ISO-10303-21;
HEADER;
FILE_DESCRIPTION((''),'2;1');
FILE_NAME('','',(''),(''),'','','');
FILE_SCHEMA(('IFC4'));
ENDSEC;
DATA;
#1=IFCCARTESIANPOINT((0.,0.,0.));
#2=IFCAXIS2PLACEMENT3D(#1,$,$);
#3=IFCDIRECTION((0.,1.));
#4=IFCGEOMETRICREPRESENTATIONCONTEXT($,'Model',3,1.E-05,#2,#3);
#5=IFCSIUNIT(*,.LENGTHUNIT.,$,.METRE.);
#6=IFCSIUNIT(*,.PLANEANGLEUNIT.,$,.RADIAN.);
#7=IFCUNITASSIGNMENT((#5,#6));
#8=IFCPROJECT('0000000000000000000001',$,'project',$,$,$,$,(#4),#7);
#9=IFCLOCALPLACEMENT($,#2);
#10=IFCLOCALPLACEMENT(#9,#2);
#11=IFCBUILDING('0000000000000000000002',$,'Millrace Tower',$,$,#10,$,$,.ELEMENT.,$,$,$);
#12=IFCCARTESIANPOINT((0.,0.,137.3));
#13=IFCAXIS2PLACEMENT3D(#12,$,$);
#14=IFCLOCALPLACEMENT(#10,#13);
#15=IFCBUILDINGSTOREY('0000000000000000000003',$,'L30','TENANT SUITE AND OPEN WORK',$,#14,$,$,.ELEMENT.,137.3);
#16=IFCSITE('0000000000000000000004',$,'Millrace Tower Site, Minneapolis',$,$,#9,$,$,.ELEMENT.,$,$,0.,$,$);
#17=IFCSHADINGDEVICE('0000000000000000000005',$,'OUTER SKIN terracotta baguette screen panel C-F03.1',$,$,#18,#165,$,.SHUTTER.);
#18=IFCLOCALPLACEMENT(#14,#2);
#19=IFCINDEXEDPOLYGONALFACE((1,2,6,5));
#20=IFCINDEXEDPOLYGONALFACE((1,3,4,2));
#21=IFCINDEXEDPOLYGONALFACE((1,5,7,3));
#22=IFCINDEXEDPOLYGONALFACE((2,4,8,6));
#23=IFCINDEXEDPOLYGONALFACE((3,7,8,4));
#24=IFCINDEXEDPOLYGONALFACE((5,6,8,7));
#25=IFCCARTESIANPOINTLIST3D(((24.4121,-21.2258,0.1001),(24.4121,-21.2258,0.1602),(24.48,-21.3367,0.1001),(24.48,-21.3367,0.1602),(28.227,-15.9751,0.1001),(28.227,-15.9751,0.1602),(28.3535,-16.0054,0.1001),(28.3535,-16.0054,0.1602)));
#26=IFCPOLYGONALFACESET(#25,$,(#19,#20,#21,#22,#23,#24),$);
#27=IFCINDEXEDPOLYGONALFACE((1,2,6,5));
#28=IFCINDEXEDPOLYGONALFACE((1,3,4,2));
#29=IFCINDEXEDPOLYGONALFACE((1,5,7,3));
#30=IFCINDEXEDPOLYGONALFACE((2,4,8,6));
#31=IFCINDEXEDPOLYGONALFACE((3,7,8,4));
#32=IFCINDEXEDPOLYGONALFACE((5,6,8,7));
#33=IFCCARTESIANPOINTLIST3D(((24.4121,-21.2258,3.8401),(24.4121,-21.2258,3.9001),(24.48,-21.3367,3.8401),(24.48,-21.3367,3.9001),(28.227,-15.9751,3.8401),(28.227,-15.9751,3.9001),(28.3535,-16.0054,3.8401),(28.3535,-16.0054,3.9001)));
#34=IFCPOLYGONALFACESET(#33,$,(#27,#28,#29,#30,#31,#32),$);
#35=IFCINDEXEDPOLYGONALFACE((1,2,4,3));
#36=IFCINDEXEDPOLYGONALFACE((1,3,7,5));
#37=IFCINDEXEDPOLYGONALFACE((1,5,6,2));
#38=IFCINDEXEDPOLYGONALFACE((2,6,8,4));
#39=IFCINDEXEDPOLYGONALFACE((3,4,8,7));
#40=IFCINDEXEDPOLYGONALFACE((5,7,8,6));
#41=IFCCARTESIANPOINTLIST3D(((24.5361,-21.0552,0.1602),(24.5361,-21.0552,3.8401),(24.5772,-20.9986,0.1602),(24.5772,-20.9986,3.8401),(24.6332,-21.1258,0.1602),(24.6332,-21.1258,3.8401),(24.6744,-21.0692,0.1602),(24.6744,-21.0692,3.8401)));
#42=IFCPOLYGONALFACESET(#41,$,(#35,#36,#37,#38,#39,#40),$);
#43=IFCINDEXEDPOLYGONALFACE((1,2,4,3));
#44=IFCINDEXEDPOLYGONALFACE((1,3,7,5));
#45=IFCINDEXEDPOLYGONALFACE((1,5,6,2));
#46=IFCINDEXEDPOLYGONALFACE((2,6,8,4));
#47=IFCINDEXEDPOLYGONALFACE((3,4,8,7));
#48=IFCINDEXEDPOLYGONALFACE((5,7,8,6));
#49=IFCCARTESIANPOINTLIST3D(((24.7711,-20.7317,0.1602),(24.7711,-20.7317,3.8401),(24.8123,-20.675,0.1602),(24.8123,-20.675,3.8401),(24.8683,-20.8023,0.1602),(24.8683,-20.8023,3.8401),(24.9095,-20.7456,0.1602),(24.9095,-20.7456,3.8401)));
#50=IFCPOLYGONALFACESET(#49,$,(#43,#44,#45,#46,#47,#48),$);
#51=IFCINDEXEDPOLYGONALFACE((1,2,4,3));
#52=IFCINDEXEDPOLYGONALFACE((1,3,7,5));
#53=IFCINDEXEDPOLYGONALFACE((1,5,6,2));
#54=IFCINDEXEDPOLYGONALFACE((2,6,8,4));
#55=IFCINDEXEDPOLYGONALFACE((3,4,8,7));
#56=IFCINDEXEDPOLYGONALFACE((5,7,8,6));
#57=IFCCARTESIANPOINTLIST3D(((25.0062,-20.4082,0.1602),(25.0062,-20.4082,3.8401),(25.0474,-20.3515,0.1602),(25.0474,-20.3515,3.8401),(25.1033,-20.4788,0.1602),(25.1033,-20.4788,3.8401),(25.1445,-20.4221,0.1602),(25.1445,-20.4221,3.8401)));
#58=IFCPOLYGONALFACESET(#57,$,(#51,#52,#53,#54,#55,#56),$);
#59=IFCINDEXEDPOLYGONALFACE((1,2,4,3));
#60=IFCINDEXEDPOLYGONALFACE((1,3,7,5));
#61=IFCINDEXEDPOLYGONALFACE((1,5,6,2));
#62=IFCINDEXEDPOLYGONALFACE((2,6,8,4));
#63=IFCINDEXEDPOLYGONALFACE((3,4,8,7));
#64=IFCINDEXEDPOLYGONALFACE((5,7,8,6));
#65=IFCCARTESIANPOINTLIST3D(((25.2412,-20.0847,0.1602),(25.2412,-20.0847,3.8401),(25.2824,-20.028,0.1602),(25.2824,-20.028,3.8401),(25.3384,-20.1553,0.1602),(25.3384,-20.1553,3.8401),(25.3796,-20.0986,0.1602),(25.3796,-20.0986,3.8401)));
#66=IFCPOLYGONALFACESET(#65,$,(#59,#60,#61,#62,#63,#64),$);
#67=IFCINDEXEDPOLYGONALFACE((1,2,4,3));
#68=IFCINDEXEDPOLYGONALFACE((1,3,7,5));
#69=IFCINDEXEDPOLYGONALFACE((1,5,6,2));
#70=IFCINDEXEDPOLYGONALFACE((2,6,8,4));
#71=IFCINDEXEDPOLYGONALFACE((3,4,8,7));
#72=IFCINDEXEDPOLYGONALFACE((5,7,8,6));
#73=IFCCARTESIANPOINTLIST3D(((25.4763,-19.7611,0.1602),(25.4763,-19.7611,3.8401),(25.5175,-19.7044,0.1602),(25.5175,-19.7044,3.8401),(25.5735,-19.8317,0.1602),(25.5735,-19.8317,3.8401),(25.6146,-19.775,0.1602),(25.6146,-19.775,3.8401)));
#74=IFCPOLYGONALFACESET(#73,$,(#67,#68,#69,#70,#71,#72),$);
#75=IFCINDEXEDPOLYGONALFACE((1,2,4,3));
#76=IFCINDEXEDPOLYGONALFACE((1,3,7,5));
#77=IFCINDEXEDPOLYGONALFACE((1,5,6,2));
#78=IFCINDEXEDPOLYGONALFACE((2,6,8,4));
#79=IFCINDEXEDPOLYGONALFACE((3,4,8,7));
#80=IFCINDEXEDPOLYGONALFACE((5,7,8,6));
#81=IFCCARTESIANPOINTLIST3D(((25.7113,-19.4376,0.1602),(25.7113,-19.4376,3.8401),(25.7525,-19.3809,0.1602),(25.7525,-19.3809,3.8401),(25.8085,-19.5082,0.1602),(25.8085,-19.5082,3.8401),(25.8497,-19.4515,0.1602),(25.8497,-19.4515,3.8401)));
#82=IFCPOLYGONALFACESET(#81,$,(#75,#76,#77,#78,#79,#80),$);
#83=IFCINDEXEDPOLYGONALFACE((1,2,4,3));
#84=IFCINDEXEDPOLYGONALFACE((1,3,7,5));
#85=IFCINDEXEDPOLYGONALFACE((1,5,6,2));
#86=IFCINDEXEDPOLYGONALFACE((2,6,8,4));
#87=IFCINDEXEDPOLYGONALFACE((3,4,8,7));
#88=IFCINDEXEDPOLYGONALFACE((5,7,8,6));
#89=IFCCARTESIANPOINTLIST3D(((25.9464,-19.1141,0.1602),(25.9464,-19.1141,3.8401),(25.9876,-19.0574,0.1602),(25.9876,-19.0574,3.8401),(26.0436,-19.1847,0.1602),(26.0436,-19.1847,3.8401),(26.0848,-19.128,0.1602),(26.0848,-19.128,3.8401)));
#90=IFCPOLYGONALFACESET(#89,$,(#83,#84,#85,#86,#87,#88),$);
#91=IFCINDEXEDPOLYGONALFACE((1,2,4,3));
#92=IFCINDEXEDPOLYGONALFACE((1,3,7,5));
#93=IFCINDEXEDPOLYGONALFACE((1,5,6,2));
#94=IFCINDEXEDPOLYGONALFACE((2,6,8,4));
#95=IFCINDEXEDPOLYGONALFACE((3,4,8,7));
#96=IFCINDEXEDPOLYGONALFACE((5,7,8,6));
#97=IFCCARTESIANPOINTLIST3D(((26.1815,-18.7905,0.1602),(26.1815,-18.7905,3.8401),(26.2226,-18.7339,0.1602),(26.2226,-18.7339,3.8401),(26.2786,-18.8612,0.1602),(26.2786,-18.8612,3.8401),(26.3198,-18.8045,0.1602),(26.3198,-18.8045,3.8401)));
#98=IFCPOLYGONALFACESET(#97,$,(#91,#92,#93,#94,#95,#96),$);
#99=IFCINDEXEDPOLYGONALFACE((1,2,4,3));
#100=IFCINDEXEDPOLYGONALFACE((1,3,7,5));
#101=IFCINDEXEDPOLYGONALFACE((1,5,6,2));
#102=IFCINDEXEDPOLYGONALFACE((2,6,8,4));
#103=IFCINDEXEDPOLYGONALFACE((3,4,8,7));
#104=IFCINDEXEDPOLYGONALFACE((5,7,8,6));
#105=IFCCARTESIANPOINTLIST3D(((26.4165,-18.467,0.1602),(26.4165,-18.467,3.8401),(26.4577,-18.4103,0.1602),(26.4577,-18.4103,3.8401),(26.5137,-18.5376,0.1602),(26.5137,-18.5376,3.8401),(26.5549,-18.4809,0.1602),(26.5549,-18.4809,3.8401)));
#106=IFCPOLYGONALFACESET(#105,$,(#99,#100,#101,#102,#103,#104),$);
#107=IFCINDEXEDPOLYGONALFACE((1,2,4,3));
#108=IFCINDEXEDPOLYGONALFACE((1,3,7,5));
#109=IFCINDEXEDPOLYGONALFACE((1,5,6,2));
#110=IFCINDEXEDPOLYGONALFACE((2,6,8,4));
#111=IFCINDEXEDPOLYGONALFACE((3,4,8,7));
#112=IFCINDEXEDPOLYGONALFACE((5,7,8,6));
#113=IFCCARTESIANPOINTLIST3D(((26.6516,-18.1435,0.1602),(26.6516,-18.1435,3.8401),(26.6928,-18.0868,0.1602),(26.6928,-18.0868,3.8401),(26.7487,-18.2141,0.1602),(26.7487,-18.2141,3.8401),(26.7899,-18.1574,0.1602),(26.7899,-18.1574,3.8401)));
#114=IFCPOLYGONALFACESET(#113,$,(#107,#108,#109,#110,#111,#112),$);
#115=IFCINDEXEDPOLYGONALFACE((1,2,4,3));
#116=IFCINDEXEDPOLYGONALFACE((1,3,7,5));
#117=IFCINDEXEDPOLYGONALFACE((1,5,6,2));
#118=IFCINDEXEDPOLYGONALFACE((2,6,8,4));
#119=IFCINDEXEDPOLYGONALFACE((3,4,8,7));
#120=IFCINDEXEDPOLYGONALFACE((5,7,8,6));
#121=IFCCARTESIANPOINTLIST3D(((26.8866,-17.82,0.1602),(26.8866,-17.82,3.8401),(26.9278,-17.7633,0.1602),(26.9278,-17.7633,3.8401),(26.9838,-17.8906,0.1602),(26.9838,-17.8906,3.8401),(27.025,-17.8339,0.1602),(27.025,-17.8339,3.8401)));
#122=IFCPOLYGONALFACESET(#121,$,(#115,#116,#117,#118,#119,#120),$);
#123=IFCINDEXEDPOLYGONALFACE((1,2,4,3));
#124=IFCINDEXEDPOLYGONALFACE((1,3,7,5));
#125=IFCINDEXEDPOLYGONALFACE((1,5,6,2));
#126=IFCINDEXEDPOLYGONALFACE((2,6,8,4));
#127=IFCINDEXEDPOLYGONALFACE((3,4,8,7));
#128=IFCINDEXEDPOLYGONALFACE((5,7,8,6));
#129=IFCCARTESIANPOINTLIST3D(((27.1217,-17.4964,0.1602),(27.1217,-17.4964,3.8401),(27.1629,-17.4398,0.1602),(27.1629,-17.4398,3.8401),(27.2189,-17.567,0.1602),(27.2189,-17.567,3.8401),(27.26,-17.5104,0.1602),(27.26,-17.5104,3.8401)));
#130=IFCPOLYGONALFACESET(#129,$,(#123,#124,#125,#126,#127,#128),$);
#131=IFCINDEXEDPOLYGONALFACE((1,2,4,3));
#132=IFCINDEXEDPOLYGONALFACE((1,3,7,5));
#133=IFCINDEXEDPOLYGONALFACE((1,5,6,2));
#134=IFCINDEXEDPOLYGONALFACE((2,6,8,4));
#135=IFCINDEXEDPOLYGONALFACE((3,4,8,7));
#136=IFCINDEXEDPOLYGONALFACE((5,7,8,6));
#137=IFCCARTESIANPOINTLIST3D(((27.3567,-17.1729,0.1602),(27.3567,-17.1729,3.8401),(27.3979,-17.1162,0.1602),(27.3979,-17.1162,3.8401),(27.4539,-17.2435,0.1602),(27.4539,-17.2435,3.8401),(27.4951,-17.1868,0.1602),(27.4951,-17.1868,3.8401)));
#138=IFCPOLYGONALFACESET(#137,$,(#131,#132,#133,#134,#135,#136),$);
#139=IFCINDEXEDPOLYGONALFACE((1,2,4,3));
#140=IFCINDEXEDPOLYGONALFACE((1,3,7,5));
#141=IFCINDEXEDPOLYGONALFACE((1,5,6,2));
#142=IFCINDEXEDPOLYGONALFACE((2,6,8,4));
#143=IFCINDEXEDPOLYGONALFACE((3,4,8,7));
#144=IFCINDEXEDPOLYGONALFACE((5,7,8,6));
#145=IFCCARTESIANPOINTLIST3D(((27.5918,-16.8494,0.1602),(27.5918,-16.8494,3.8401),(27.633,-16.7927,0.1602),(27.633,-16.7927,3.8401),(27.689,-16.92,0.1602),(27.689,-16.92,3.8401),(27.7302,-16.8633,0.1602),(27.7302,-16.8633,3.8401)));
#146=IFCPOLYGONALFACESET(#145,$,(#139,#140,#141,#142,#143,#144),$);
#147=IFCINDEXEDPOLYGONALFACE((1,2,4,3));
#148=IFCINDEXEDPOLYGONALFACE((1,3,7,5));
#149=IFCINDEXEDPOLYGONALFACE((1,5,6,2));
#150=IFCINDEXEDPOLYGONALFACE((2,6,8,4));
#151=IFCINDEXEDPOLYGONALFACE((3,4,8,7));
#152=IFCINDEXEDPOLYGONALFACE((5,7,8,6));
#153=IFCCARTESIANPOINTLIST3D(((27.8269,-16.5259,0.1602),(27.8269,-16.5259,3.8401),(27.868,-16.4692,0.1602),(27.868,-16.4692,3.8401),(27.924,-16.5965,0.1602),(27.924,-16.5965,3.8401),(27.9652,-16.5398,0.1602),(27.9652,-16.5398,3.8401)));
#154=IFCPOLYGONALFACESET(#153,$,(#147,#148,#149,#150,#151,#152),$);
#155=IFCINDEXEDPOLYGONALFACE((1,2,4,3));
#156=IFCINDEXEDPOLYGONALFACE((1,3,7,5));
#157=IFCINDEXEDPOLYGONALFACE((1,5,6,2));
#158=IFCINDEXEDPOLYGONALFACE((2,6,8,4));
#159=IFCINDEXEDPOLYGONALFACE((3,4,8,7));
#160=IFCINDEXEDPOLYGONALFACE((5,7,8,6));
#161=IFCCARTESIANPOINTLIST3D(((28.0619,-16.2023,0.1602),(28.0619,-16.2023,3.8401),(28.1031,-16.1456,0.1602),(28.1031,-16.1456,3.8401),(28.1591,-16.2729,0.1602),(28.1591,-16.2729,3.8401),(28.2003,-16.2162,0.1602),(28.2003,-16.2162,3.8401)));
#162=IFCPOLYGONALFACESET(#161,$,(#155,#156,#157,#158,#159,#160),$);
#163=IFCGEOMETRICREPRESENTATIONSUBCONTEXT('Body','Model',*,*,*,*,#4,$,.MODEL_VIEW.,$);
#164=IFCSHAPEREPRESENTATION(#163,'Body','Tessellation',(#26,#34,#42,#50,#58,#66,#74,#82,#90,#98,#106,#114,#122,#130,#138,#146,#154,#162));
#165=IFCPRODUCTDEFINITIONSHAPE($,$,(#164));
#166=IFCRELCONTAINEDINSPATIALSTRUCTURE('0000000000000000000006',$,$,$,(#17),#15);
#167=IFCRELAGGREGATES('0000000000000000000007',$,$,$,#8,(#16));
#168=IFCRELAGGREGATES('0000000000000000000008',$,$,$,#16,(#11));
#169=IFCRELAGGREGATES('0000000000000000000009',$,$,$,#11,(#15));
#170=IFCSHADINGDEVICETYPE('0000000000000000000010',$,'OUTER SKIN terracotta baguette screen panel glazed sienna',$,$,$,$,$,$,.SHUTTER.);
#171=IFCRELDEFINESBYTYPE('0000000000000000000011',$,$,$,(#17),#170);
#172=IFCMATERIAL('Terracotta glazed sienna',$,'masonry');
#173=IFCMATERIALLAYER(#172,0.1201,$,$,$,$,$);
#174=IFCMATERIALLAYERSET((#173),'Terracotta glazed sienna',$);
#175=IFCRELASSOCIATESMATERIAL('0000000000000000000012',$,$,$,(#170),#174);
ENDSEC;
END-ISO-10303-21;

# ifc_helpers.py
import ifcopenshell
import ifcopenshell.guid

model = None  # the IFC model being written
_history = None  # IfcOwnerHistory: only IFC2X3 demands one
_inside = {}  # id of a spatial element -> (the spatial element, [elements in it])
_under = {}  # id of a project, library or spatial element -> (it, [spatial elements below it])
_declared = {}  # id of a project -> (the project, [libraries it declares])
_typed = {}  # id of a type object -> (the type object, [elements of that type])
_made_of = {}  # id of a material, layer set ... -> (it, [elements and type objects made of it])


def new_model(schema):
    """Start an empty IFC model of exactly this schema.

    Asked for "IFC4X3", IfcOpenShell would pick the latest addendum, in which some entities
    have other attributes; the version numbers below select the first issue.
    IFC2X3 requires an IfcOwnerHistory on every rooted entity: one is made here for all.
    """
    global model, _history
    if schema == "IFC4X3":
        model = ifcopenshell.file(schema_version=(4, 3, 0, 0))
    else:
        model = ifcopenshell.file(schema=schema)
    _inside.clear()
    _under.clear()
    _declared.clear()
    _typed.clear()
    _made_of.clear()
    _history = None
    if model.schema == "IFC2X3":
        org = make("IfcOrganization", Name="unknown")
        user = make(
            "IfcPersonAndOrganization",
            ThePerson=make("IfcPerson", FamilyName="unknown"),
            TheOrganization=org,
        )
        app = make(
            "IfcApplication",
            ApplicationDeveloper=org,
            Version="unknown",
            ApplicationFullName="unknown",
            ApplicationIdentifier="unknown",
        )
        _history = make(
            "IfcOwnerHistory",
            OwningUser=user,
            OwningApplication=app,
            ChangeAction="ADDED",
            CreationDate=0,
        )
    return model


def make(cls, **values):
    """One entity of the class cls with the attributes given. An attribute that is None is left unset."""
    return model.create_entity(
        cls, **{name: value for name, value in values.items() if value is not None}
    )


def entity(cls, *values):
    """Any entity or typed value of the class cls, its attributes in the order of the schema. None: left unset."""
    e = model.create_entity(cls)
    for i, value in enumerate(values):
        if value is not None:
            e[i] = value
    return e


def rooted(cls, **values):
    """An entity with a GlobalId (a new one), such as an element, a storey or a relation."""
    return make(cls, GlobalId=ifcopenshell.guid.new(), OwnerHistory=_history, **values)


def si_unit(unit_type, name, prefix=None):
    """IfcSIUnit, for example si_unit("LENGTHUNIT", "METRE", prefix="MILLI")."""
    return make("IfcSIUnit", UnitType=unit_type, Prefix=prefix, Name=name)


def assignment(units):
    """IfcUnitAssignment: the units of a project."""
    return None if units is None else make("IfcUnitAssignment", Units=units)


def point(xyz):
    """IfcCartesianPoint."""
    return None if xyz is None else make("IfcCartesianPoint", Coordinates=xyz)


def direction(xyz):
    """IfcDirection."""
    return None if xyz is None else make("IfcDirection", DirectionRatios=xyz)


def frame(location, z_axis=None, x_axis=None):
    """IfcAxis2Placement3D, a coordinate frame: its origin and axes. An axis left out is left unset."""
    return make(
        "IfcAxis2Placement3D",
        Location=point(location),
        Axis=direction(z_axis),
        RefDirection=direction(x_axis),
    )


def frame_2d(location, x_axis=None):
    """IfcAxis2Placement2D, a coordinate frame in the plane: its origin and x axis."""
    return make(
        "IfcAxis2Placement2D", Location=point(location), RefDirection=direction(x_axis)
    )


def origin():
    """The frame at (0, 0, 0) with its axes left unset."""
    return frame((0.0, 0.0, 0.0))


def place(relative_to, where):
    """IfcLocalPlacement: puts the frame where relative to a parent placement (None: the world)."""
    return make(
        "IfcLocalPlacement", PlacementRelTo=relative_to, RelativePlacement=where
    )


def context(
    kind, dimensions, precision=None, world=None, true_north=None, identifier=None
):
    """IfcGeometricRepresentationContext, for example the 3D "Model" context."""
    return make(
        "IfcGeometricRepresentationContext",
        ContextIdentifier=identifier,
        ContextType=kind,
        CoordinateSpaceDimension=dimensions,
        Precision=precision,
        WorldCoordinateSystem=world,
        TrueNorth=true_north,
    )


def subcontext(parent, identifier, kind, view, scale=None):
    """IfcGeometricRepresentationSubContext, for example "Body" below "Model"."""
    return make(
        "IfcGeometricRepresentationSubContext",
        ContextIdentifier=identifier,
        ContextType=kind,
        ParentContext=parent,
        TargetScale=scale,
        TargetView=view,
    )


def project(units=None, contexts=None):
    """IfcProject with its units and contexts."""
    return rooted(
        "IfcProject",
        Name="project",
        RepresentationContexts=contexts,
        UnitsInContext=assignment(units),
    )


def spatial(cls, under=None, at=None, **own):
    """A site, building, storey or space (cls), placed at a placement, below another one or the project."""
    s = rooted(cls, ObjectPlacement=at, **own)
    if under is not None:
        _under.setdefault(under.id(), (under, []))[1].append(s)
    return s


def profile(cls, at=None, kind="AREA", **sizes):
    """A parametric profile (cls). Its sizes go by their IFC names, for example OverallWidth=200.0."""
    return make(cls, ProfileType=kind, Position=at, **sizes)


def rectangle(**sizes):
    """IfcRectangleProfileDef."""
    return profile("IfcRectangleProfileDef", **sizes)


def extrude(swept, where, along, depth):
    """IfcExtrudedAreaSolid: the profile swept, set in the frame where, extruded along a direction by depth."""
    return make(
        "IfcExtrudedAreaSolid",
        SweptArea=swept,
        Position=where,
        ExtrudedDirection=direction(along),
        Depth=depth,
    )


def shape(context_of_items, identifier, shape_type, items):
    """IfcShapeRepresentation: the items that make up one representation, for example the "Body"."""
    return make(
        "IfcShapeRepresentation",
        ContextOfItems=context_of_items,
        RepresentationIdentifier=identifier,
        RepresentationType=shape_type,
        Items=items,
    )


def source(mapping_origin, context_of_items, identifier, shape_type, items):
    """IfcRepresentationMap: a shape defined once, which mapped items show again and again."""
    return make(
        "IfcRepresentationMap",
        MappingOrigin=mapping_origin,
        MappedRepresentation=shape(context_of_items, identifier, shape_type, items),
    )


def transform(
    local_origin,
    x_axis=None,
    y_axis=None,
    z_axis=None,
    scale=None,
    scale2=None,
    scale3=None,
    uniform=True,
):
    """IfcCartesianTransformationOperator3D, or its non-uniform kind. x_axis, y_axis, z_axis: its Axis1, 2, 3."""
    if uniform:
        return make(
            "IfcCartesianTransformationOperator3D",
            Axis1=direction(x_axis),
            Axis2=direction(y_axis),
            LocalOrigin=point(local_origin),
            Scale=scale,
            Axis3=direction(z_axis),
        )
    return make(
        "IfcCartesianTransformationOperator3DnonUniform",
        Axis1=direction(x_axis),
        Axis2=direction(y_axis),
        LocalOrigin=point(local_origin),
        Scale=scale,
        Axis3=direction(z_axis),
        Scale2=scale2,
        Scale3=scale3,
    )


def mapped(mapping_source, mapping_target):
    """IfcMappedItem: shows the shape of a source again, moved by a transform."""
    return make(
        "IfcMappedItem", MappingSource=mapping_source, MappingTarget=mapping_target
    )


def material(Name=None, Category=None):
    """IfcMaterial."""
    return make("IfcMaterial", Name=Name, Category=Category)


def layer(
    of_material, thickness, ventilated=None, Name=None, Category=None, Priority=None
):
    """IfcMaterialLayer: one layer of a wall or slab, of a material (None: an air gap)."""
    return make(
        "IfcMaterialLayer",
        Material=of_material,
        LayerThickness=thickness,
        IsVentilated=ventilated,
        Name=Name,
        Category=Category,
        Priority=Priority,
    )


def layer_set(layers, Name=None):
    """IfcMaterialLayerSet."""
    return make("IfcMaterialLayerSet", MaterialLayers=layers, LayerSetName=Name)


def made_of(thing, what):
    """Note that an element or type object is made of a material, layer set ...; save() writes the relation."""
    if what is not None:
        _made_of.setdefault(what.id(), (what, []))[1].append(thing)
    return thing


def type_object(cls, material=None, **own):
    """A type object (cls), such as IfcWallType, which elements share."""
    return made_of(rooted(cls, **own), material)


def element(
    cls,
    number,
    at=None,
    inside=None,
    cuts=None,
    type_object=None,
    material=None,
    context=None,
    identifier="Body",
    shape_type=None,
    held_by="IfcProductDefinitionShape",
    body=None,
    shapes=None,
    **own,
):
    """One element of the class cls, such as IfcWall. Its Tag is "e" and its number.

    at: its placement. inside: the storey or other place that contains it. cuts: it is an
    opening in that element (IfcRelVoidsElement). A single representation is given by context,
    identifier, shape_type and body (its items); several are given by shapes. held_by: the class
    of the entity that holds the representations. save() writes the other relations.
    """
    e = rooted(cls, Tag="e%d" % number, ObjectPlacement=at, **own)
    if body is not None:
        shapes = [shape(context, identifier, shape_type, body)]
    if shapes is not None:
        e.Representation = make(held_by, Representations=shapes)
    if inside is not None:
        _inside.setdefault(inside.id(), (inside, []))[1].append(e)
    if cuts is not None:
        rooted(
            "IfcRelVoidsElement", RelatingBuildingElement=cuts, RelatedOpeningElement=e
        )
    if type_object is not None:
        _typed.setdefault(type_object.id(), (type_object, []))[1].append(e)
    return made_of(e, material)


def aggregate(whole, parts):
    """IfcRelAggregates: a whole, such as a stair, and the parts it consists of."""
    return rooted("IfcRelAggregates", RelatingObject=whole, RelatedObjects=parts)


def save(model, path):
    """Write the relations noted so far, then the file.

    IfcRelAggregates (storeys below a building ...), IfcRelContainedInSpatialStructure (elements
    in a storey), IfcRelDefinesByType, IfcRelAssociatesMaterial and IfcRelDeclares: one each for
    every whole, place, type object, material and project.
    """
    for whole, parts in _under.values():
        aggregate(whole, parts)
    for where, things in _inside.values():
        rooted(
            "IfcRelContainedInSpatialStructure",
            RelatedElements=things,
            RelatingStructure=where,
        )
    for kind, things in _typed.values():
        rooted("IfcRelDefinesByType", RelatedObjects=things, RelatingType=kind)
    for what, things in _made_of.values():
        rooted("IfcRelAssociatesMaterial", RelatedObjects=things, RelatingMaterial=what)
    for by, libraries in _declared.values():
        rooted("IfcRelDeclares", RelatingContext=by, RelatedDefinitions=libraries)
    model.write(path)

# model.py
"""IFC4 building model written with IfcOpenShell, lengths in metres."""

from ifc_helpers import new_model, entity, si_unit, direction, frame, frame_2d, origin, place, context, subcontext, project, spatial, rectangle, extrude, source, transform, mapped, material, layer, layer_set, type_object, element, save


model = new_model("IFC4")

# Units and contexts
model_context = context("Model", 3, precision=1e-05, world=origin(), true_north=direction((0.0, 1.0)))
body_context = subcontext(model_context, "Body", "Model", "MODEL_VIEW")
ifc_project = project(units=[si_unit("LENGTHUNIT", "METRE"), si_unit("PLANEANGLEUNIT", "RADIAN")], contexts=[model_context])

# Site, building, storey
site_placement = place(None, origin())
site = spatial("IfcSite", under=ifc_project, at=site_placement, Name="Millrace Tower Site, Minneapolis", CompositionType="ELEMENT", RefElevation=0.0)
building_placement = place(site_placement, origin())
building = spatial("IfcBuilding", under=site, at=building_placement, Name="Millrace Tower", CompositionType="ELEMENT")
storey_placement = place(building_placement, frame((0.0, 0.0, 137.3)))
storey = spatial("IfcBuildingStorey", under=building, at=storey_placement, Name="L30", Description="TENANT SUITE AND OPEN WORK", CompositionType="ELEMENT", Elevation=137.3)

# Shading device
ifc_material_1 = material(Name="Terracotta glazed sienna", Category="masonry")
ifc_layer_1 = layer(ifc_material_1, 0.1201)
ifc_layer_set_1 = layer_set([ifc_layer_1], Name="Terracotta glazed sienna")
shading_device_type = type_object("IfcShadingDeviceType", Name="OUTER SKIN terracotta baguette screen panel glazed sienna", PredefinedType="SHUTTER", material=ifc_layer_set_1)
cartesian_point_1 = entity("IfcCartesianPoint", [-3.2451, 0.0601])
shared_polyline_1 = entity("IfcPolyline", [cartesian_point_1, entity("IfcCartesianPoint", [3.2451, 0.0601]), entity("IfcCartesianPoint", [3.2949, -0.0601]), entity("IfcCartesianPoint", [-3.2949, -0.0601]), cartesian_point_1])
shared_shape_1 = source(origin(), body_context, "Body", "SweptSolid", [
    entity("IfcExtrudedAreaSolid", entity("IfcArbitraryClosedProfileDef", "AREA", None, shared_polyline_1), entity("IfcAxis2Placement3D", entity("IfcCartesianPoint", [0.0, 0.0, 0.0])), entity("IfcDirection", [0.0, 0.0, 1.0]), 0.0601),
    entity("IfcExtrudedAreaSolid", entity("IfcArbitraryClosedProfileDef", "AREA", None, shared_polyline_1), entity("IfcAxis2Placement3D", entity("IfcCartesianPoint", [0.0, 0.0, 3.74])), entity("IfcDirection", [0.0, 0.0, 1.0]), 0.0601),
    extrude(rectangle(XDim=0.0701, YDim=0.1201, at=frame_2d((-2.9993, 0.0))), frame((0.0, 0.0, 0.0601)), (0.0, 0.0, 1.0), 3.6799),
    extrude(rectangle(XDim=0.0701, YDim=0.1201, at=frame_2d((-2.5994, 0.0))), frame((0.0, 0.0, 0.0601)), (0.0, 0.0, 1.0), 3.6799),
    extrude(rectangle(XDim=0.0701, YDim=0.1201, at=frame_2d((-2.1995, 0.0))), frame((0.0, 0.0, 0.0601)), (0.0, 0.0, 1.0), 3.6799),
    extrude(rectangle(XDim=0.0701, YDim=0.1201, at=frame_2d((-1.7996, 0.0))), frame((0.0, 0.0, 0.0601)), (0.0, 0.0, 1.0), 3.6799),
    extrude(rectangle(XDim=0.0701, YDim=0.1201, at=frame_2d((-1.3997, 0.0))), frame((0.0, 0.0, 0.0601)), (0.0, 0.0, 1.0), 3.6799),
    extrude(rectangle(XDim=0.0701, YDim=0.1201, at=frame_2d((-0.9998, 0.0))), frame((0.0, 0.0, 0.0601)), (0.0, 0.0, 1.0), 3.6799),
    extrude(rectangle(XDim=0.0701, YDim=0.1201, at=frame_2d((-0.5999, 0.0))), frame((0.0, 0.0, 0.0601)), (0.0, 0.0, 1.0), 3.6799),
    extrude(rectangle(XDim=0.0701, YDim=0.1201, at=frame_2d((-0.2, 0.0))), frame((0.0, 0.0, 0.0601)), (0.0, 0.0, 1.0), 3.6799),
    extrude(rectangle(XDim=0.0701, YDim=0.1201, at=frame_2d((0.2, 0.0))), frame((0.0, 0.0, 0.0601)), (0.0, 0.0, 1.0), 3.6799),
    extrude(rectangle(XDim=0.0701, YDim=0.1201, at=frame_2d((0.5999, 0.0))), frame((0.0, 0.0, 0.0601)), (0.0, 0.0, 1.0), 3.6799),
    extrude(rectangle(XDim=0.0701, YDim=0.1201, at=frame_2d((0.9998, 0.0))), frame((0.0, 0.0, 0.0601)), (0.0, 0.0, 1.0), 3.6799),
    extrude(rectangle(XDim=0.0701, YDim=0.1201, at=frame_2d((1.3997, 0.0))), frame((0.0, 0.0, 0.0601)), (0.0, 0.0, 1.0), 3.6799),
    extrude(rectangle(XDim=0.0701, YDim=0.1201, at=frame_2d((1.7996, 0.0))), frame((0.0, 0.0, 0.0601)), (0.0, 0.0, 1.0), 3.6799),
    extrude(rectangle(XDim=0.0701, YDim=0.1201, at=frame_2d((2.1995, 0.0))), frame((0.0, 0.0, 0.0601)), (0.0, 0.0, 1.0), 3.6799),
    extrude(rectangle(XDim=0.0701, YDim=0.1201, at=frame_2d((2.5994, 0.0))), frame((0.0, 0.0, 0.0601)), (0.0, 0.0, 1.0), 3.6799),
    extrude(rectangle(XDim=0.0701, YDim=0.1201, at=frame_2d((2.9993, 0.0))), frame((0.0, 0.0, 0.0601)), (0.0, 0.0, 1.0), 3.6799),
])
shading_device_1_placement = place(storey_placement, frame((26.3682, -18.6357, 0.1001), z_axis=(0.0, 0.0, 1.0), x_axis=(0.587785, 0.809017, 0.0)))
element("IfcShadingDevice", 1, at=shading_device_1_placement, inside=storey, type_object=shading_device_type, Name="OUTER SKIN terracotta baguette screen panel C-F03.1", PredefinedType="SHUTTER", context=body_context, shape_type="MappedRepresentation", body=[
    mapped(shared_shape_1, transform((0.0, 0.0, 0.0), scale=1.0)),
])

save(model, "model.ifc")
